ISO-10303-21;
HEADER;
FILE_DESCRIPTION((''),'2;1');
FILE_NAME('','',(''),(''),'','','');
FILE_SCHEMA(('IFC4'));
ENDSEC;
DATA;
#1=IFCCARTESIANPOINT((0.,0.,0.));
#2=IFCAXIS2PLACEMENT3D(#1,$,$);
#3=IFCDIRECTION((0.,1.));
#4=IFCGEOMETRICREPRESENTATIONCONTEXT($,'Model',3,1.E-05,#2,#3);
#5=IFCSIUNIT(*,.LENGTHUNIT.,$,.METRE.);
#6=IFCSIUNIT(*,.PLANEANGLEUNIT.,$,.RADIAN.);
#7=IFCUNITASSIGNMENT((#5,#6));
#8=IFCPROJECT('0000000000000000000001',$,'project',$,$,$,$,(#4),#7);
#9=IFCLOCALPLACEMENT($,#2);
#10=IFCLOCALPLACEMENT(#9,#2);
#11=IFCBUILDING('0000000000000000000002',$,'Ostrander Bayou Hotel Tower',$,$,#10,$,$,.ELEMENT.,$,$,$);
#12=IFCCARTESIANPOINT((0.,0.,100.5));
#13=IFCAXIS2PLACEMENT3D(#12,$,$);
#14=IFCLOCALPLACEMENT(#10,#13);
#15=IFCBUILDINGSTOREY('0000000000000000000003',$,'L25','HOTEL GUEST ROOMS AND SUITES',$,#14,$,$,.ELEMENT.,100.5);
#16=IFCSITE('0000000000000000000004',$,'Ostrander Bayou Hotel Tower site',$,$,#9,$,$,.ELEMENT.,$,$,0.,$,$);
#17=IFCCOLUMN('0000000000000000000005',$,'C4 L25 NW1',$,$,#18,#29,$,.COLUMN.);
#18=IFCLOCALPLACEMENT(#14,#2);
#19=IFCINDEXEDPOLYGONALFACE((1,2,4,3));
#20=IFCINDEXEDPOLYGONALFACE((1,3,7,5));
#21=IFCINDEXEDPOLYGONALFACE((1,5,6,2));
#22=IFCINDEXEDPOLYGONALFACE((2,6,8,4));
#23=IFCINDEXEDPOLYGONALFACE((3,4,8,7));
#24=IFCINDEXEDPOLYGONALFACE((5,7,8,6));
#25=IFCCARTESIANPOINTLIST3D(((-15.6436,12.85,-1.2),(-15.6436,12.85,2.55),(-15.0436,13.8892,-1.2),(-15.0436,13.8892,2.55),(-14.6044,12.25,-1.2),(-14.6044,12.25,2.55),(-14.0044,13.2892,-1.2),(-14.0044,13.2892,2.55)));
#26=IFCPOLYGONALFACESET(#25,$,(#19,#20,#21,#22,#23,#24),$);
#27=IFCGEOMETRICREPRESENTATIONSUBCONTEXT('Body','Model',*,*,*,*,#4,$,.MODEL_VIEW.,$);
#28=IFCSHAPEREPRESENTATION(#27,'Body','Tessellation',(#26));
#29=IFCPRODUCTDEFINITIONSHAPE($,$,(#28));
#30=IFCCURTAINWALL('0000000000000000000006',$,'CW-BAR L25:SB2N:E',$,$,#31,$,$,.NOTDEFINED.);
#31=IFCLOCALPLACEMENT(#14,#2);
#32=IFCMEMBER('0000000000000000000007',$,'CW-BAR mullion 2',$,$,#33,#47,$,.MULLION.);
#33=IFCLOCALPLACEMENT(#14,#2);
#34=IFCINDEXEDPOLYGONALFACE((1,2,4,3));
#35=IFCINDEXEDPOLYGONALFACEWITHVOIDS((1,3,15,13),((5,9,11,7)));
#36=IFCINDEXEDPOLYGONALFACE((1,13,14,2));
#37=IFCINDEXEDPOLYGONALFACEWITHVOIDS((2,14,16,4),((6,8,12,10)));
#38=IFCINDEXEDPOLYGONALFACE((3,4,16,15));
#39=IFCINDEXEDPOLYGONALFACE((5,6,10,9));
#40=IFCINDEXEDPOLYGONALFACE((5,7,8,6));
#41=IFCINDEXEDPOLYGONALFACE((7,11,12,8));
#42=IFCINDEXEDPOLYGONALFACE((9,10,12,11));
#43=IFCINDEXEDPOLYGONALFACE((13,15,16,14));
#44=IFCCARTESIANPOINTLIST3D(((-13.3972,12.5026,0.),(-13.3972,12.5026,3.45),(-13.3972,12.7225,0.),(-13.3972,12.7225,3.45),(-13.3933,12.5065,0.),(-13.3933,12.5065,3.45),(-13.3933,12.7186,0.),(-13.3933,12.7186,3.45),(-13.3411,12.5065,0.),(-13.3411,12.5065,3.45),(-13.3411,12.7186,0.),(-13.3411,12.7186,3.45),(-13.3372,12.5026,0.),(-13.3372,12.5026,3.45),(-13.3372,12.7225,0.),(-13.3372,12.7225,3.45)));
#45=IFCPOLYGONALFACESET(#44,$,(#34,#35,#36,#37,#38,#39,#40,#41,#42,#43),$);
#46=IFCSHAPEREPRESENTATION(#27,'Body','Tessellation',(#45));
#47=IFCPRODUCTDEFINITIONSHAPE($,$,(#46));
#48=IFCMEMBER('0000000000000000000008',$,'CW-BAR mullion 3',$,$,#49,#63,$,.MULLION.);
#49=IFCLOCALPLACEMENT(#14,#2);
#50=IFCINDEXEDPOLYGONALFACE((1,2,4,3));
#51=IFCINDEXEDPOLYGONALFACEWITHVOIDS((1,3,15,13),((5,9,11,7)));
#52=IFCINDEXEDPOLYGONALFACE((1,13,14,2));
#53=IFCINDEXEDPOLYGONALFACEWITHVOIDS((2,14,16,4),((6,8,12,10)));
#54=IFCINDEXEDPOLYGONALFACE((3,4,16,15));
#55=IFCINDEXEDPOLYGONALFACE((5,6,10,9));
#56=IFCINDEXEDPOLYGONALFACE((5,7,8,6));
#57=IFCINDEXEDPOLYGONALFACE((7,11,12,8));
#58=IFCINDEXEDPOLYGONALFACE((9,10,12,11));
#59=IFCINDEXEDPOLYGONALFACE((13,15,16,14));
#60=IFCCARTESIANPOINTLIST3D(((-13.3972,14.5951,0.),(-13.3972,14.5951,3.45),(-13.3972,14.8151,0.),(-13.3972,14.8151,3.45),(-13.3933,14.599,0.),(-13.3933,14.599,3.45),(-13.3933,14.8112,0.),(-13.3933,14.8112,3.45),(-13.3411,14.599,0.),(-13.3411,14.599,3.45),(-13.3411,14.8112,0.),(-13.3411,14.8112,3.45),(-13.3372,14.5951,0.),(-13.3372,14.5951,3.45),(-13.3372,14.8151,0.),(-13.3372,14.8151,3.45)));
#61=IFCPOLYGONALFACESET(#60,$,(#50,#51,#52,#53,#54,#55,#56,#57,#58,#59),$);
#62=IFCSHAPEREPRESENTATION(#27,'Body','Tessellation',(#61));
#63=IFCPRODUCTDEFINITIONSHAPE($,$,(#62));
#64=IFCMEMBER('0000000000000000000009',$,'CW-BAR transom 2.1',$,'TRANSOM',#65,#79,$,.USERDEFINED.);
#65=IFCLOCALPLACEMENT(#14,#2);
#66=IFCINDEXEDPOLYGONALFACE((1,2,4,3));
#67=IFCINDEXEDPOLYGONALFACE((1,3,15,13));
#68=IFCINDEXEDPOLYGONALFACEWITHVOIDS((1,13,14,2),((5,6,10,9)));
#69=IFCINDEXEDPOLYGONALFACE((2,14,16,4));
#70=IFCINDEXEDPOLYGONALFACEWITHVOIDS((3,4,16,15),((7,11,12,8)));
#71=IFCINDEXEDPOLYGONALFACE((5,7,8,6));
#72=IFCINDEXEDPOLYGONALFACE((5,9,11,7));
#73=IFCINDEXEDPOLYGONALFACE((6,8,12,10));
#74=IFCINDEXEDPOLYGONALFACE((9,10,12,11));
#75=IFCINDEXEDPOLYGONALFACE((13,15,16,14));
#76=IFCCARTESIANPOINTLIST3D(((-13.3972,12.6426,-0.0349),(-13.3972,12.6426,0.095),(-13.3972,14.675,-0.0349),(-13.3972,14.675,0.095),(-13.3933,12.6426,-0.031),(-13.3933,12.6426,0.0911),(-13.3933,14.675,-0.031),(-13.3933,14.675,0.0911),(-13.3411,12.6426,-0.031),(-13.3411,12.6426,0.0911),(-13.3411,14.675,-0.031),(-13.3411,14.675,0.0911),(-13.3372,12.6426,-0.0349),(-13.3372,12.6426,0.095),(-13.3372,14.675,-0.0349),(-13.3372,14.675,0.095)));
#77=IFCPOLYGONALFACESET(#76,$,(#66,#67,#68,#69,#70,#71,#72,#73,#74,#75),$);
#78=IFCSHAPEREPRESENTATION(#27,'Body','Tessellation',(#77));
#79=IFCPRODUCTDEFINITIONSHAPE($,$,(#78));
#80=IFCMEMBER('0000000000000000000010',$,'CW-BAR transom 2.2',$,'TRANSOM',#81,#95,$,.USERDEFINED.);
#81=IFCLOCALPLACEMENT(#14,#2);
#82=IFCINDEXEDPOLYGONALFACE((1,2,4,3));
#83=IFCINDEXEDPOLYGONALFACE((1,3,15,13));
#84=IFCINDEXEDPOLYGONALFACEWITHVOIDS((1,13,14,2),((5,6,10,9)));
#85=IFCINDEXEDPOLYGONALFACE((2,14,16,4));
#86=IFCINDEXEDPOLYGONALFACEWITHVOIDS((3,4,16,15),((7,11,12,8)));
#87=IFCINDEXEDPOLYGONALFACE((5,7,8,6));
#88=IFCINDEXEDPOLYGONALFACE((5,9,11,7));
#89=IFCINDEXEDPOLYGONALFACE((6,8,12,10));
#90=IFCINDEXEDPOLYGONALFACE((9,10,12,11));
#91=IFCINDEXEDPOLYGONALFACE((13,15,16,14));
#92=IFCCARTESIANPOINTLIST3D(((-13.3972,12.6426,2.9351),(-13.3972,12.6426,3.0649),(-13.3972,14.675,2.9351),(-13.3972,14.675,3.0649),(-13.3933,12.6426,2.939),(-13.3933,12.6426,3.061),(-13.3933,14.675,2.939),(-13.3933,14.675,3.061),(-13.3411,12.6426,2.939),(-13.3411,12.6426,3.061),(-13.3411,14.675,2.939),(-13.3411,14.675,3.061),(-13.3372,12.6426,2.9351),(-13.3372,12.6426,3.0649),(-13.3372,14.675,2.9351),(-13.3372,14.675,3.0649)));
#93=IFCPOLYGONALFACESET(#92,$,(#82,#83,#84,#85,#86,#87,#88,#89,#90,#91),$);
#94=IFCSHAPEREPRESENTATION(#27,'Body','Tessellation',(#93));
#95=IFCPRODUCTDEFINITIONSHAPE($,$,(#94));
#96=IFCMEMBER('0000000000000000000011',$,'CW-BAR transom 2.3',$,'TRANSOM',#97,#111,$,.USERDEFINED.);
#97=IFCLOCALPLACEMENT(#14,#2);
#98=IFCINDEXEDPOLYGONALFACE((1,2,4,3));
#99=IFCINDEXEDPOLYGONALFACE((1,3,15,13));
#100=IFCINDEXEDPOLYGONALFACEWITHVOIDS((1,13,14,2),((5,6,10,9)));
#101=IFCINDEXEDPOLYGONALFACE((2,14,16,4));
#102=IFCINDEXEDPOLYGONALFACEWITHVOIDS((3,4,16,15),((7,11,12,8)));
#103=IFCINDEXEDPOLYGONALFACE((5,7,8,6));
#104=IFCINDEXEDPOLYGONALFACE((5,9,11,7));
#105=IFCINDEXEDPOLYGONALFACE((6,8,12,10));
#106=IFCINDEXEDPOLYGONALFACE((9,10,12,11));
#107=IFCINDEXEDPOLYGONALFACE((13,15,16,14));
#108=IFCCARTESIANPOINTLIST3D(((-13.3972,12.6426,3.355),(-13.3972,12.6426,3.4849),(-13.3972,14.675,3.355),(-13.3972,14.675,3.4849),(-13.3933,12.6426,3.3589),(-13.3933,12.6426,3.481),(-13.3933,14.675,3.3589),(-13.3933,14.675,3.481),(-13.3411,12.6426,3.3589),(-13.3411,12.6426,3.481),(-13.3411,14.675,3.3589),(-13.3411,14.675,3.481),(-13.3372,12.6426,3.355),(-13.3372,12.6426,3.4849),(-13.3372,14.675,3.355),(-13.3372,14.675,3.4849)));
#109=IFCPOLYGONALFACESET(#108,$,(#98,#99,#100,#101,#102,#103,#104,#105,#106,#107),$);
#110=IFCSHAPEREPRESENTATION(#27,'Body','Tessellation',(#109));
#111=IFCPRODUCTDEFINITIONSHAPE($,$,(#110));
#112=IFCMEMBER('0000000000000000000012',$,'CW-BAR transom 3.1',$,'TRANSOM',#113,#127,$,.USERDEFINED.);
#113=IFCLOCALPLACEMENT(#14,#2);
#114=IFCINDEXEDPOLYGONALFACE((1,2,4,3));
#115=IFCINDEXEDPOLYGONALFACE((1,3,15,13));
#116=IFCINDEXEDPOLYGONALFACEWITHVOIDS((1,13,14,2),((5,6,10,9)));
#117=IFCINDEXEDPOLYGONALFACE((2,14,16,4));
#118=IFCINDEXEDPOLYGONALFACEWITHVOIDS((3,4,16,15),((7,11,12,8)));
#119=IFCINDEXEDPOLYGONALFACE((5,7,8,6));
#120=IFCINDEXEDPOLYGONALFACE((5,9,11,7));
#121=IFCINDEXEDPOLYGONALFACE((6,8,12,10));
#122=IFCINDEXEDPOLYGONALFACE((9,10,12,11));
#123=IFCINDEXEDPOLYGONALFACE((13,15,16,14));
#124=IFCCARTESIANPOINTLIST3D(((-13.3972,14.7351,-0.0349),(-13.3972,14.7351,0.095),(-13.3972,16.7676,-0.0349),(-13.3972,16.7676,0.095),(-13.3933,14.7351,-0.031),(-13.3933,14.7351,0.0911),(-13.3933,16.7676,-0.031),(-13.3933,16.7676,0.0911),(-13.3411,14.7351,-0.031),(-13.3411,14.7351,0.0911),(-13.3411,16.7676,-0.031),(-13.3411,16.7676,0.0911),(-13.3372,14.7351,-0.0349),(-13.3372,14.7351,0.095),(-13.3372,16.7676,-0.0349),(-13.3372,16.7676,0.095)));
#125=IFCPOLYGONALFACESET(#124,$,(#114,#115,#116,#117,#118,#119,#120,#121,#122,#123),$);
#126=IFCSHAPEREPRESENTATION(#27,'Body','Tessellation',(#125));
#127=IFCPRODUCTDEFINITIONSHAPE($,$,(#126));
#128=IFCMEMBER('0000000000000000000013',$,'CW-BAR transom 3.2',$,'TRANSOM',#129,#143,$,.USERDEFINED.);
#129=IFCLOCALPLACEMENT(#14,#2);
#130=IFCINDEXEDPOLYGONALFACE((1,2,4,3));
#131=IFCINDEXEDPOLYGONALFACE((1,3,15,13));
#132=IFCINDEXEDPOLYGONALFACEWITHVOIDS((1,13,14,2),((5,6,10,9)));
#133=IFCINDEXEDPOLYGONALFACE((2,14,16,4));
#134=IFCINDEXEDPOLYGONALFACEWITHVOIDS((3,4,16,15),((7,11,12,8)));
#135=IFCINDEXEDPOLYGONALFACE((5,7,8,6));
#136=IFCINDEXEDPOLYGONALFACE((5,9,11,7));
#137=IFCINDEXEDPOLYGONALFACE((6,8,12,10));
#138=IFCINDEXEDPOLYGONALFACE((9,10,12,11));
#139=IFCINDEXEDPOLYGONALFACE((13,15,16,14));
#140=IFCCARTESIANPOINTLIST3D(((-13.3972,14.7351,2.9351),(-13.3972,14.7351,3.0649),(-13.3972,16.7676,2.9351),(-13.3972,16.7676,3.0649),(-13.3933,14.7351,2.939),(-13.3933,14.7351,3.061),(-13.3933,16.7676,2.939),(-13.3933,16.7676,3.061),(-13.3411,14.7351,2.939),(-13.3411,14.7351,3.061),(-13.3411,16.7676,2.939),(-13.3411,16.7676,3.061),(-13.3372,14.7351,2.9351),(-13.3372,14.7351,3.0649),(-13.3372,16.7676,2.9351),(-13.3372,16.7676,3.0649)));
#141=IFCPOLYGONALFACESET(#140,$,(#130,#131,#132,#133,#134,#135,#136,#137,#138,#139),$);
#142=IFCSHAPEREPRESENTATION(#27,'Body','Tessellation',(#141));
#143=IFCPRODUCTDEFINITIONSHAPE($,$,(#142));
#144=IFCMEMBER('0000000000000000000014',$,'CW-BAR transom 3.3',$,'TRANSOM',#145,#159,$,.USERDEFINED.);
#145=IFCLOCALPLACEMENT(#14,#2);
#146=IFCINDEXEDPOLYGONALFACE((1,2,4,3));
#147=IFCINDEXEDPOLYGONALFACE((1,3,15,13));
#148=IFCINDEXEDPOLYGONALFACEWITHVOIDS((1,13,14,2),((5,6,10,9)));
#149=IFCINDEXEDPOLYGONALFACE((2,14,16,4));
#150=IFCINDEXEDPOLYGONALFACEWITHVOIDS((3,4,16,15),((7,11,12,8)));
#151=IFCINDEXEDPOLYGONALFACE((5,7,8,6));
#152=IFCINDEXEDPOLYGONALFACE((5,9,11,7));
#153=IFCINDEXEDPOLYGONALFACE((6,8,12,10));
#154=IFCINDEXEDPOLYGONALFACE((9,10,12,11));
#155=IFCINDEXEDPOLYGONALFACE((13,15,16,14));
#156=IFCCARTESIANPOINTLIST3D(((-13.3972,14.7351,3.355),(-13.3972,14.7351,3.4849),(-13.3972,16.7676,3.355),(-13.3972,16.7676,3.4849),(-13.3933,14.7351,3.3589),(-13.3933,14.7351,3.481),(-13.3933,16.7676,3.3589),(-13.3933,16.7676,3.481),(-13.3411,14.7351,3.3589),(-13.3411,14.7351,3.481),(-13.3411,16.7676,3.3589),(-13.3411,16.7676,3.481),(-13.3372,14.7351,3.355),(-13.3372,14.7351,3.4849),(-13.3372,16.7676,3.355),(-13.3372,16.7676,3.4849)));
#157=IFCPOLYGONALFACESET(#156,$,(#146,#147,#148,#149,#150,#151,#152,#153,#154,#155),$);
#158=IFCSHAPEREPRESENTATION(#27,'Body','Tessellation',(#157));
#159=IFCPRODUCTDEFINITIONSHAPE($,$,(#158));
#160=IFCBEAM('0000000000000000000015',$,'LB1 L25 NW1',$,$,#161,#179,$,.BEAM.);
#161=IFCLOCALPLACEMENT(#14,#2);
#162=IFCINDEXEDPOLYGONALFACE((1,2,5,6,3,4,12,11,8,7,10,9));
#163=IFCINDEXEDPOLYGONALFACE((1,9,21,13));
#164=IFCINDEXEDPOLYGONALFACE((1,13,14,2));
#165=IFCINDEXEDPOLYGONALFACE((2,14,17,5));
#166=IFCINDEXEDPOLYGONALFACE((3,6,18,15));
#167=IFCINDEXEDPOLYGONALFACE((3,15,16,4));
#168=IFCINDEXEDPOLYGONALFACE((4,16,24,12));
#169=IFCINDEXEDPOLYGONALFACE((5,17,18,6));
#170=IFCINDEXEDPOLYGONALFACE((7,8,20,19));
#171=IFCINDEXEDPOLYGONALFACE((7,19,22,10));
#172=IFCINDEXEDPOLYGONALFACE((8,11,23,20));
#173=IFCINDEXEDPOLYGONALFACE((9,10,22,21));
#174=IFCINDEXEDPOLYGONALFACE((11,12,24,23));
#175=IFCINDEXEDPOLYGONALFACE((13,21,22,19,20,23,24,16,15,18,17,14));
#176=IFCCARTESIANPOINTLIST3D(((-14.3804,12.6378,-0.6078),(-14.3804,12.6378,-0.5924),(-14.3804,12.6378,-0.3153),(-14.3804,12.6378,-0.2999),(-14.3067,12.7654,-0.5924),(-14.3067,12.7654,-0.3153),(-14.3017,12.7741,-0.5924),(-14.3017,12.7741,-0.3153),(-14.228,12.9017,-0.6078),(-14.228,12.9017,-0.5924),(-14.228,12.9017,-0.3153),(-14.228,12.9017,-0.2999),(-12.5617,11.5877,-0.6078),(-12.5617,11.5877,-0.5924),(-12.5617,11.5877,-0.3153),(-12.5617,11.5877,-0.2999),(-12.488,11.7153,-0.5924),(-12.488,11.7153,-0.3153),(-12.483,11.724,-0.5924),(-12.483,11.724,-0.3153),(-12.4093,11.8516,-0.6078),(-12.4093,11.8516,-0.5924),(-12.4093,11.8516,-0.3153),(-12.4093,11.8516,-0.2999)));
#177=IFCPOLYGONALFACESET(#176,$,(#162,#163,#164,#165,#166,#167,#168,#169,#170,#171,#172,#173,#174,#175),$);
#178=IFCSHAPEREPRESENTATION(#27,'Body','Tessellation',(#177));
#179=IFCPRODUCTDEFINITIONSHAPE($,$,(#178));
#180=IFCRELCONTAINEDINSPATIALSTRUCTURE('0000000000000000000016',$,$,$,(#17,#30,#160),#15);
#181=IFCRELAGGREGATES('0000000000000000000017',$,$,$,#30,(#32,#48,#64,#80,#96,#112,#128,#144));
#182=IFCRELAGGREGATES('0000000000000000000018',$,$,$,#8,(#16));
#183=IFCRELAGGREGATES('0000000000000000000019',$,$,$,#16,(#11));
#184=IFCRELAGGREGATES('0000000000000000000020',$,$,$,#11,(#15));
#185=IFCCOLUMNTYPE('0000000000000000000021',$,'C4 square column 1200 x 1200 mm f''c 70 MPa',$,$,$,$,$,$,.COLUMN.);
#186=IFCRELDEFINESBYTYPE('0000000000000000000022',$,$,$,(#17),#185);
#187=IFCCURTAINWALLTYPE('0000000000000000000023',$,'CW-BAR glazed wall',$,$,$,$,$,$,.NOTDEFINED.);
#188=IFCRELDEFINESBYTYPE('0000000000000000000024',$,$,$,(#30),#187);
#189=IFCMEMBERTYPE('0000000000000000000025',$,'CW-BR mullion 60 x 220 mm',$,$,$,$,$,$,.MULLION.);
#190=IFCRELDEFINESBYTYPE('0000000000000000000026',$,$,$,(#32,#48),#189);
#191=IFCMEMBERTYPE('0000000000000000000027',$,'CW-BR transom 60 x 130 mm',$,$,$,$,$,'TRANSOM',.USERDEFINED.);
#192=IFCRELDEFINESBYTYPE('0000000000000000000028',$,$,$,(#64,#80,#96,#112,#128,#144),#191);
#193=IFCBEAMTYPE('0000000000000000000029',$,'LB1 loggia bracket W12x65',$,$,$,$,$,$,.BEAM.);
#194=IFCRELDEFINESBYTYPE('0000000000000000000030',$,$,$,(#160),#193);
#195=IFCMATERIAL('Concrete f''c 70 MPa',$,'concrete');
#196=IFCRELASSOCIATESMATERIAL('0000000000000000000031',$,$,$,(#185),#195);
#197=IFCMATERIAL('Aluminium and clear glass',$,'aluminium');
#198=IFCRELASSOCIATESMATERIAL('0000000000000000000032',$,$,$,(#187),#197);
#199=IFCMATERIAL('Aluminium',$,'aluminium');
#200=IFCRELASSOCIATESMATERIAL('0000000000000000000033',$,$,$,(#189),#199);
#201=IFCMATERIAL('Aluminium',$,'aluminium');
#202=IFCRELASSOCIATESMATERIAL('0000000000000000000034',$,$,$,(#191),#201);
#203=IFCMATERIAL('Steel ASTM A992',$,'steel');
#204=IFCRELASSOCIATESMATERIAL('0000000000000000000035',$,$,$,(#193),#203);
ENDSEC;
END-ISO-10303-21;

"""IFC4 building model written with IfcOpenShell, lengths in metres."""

from ifc_helpers import new_model, si_unit, direction, frame, origin, origin_2d, place, context, subcontext, project, spatial, rectangle, hollow_rectangle, i_section, extrude, material, material_profile, profile_set, type_object, element, aggregate, save


model = new_model("IFC4")

# Units and contexts
model_context = context("Model", 3, precision=1e-05, world=origin(), true_north=direction((0.0, 1.0)))
body_context = subcontext(model_context, "Body", "Model", "MODEL_VIEW")
ifc_project = project(units=[si_unit("LENGTHUNIT", "METRE"), si_unit("PLANEANGLEUNIT", "RADIAN")], contexts=[model_context])

# Site, building, storey
site_placement = place(None, origin())
site = spatial("IfcSite", under=ifc_project, at=site_placement, Name="Ostrander Bayou Hotel Tower site", CompositionType="ELEMENT", RefElevation=0.0)
building_placement = place(site_placement, origin())
building = spatial("IfcBuilding", under=site, at=building_placement, Name="Ostrander Bayou Hotel Tower", CompositionType="ELEMENT")
storey_placement = place(building_placement, frame((0.0, 0.0, 100.5)))
storey = spatial("IfcBuildingStorey", under=building, at=storey_placement, Name="L25", Description="HOTEL GUEST ROOMS AND SUITES", CompositionType="ELEMENT", Elevation=100.5)

# Column
ifc_material_1 = material(Name="Concrete f'c 70 MPa", Category="concrete")
ifc_material_profile_1 = material_profile(ifc_material_1, rectangle(XDim=1.2, YDim=1.2, at=origin_2d()))
ifc_profile_set_1 = profile_set([ifc_material_profile_1], Name="Concrete f'c 70 MPa")
column_type = type_object("IfcColumnType", Name="C4 square column 1200 x 1200 mm f'c 70 MPa", PredefinedType="COLUMN", material=ifc_profile_set_1)
column_placement = place(storey_placement, frame((-14.824, 13.0696, -1.2), z_axis=(0.0, 0.0, 1.0), x_axis=(0.5, 0.866025, 0.0)))
element("IfcColumn", 1, at=column_placement, inside=storey, type_object=column_type, Name="C4 L25 NW1", PredefinedType="COLUMN", context=body_context, shape_type="SweptSolid", body=[
    extrude(rectangle(XDim=1.2, YDim=1.2, at=origin_2d()), origin(), (0.0, 0.0, 1.0), 3.75),
])

# Curtain wall, members
ifc_material_2 = material(Name="Aluminium and clear glass", Category="aluminium")
curtain_wall_type = type_object("IfcCurtainWallType", Name="CW-BAR glazed wall", PredefinedType="NOTDEFINED", material=ifc_material_2)
curtain_wall_placement = place(storey_placement, origin())
curtain_wall = element("IfcCurtainWall", 2, at=curtain_wall_placement, inside=storey, type_object=curtain_wall_type, Name="CW-BAR L25:SB2N:E", PredefinedType="NOTDEFINED")
ifc_material_3 = material(Name="Aluminium", Category="aluminium")
ifc_material_profile_2 = material_profile(ifc_material_3, hollow_rectangle(XDim=0.0601, YDim=0.22, WallThickness=0.0039, at=origin_2d()))
ifc_profile_set_2 = profile_set([ifc_material_profile_2], Name="Aluminium")
member_type_1 = type_object("IfcMemberType", Name="CW-BR mullion 60 x 220 mm", PredefinedType="MULLION", material=ifc_profile_set_2)
member_1_placement = place(storey_placement, frame((-13.3672, 12.6125, 0.0), z_axis=(0.0, 0.0, 1.0), x_axis=(-1.0, 0.0, 0.0)))
member_1 = element("IfcMember", 3, at=member_1_placement, type_object=member_type_1, Name="CW-BAR mullion 2", PredefinedType="MULLION", context=body_context, shape_type="SweptSolid", body=[
    extrude(hollow_rectangle(XDim=0.0601, YDim=0.22, WallThickness=0.0039, at=origin_2d()), origin(), (0.0, 0.0, 1.0), 3.45),
])
member_2_placement = place(storey_placement, frame((-13.3672, 14.7051, 0.0), z_axis=(0.0, 0.0, 1.0), x_axis=(-1.0, 0.0, 0.0)))
member_2 = element("IfcMember", 4, at=member_2_placement, type_object=member_type_1, Name="CW-BAR mullion 3", PredefinedType="MULLION", context=body_context, shape_type="SweptSolid", body=[
    extrude(hollow_rectangle(XDim=0.0601, YDim=0.22, WallThickness=0.0039, at=origin_2d()), origin(), (0.0, 0.0, 1.0), 3.45),
])
ifc_material_4 = material(Name="Aluminium", Category="aluminium")
ifc_material_profile_3 = material_profile(ifc_material_4, hollow_rectangle(XDim=0.0601, YDim=0.1299, WallThickness=0.0039, at=origin_2d()))
ifc_profile_set_3 = profile_set([ifc_material_profile_3], Name="Aluminium")
member_type_2 = type_object("IfcMemberType", Name="CW-BR transom 60 x 130 mm", ElementType="TRANSOM", PredefinedType="USERDEFINED", material=ifc_profile_set_3)
member_3_placement = place(storey_placement, frame((-13.3672, 12.6426, 0.03), z_axis=(0.0, 1.0, 0.0), x_axis=(-1.0, 0.0, 0.0)))
member_3 = element("IfcMember", 5, at=member_3_placement, type_object=member_type_2, Name="CW-BAR transom 2.1", ObjectType="TRANSOM", PredefinedType="USERDEFINED", context=body_context, shape_type="SweptSolid", body=[
    extrude(hollow_rectangle(XDim=0.0601, YDim=0.1299, WallThickness=0.0039, at=origin_2d()), origin(), (0.0, 0.0, 1.0), 2.0325),
])
member_4_placement = place(storey_placement, frame((-13.3672, 12.6426, 3.0), z_axis=(0.0, 1.0, 0.0), x_axis=(-1.0, 0.0, 0.0)))
member_4 = element("IfcMember", 6, at=member_4_placement, type_object=member_type_2, Name="CW-BAR transom 2.2", ObjectType="TRANSOM", PredefinedType="USERDEFINED", context=body_context, shape_type="SweptSolid", body=[
    extrude(hollow_rectangle(XDim=0.0601, YDim=0.1299, WallThickness=0.0039, at=origin_2d()), origin(), (0.0, 0.0, 1.0), 2.0325),
])
member_5_placement = place(storey_placement, frame((-13.3672, 12.6426, 3.4199), z_axis=(0.0, 1.0, 0.0), x_axis=(-1.0, 0.0, 0.0)))
member_5 = element("IfcMember", 7, at=member_5_placement, type_object=member_type_2, Name="CW-BAR transom 2.3", ObjectType="TRANSOM", PredefinedType="USERDEFINED", context=body_context, shape_type="SweptSolid", body=[
    extrude(hollow_rectangle(XDim=0.0601, YDim=0.1299, WallThickness=0.0039, at=origin_2d()), origin(), (0.0, 0.0, 1.0), 2.0325),
])
member_6_placement = place(storey_placement, frame((-13.3672, 14.7351, 0.03), z_axis=(0.0, 1.0, 0.0), x_axis=(-1.0, 0.0, 0.0)))
member_6 = element("IfcMember", 8, at=member_6_placement, type_object=member_type_2, Name="CW-BAR transom 3.1", ObjectType="TRANSOM", PredefinedType="USERDEFINED", context=body_context, shape_type="SweptSolid", body=[
    extrude(hollow_rectangle(XDim=0.0601, YDim=0.1299, WallThickness=0.0039, at=origin_2d()), origin(), (0.0, 0.0, 1.0), 2.0325),
])
member_7_placement = place(storey_placement, frame((-13.3672, 14.7351, 3.0), z_axis=(0.0, 1.0, 0.0), x_axis=(-1.0, 0.0, 0.0)))
member_7 = element("IfcMember", 9, at=member_7_placement, type_object=member_type_2, Name="CW-BAR transom 3.2", ObjectType="TRANSOM", PredefinedType="USERDEFINED", context=body_context, shape_type="SweptSolid", body=[
    extrude(hollow_rectangle(XDim=0.0601, YDim=0.1299, WallThickness=0.0039, at=origin_2d()), origin(), (0.0, 0.0, 1.0), 2.0325),
])
member_8_placement = place(storey_placement, frame((-13.3672, 14.7351, 3.4199), z_axis=(0.0, 1.0, 0.0), x_axis=(-1.0, 0.0, 0.0)))
member_8 = element("IfcMember", 10, at=member_8_placement, type_object=member_type_2, Name="CW-BAR transom 3.3", ObjectType="TRANSOM", PredefinedType="USERDEFINED", context=body_context, shape_type="SweptSolid", body=[
    extrude(hollow_rectangle(XDim=0.0601, YDim=0.1299, WallThickness=0.0039, at=origin_2d()), origin(), (0.0, 0.0, 1.0), 2.0325),
])

# Beam
ifc_material_5 = material(Name="Steel ASTM A992", Category="steel")
ifc_material_profile_4 = material_profile(ifc_material_5, i_section(OverallWidth=0.3047, OverallDepth=0.3079, WebThickness=0.01, FlangeThickness=0.0154, at=origin_2d()))
ifc_profile_set_4 = profile_set([ifc_material_profile_4], Name="Steel ASTM A992")
beam_type_1 = type_object("IfcBeamType", Name="LB1 loggia bracket W12x65", PredefinedType="BEAM", material=ifc_profile_set_4)
beam_1_placement = place(storey_placement, frame((-14.3042, 12.7698, -0.4539), z_axis=(0.866009, -0.500028, 0.0), x_axis=(0.500028, 0.866009, 0.0)))
element("IfcBeam", 11, at=beam_1_placement, inside=storey, type_object=beam_type_1, Name="LB1 L25 NW1", PredefinedType="BEAM", context=body_context, shape_type="SweptSolid", body=[
    extrude(i_section(OverallWidth=0.3047, OverallDepth=0.3079, WebThickness=0.01, FlangeThickness=0.0154, at=origin_2d()), origin(), (0.0, 0.0, 1.0), 2.1001),
])

aggregate(curtain_wall, [member_1, member_2, member_3, member_4, member_5, member_6, member_7, member_8])

save(model, "model.ifc")
